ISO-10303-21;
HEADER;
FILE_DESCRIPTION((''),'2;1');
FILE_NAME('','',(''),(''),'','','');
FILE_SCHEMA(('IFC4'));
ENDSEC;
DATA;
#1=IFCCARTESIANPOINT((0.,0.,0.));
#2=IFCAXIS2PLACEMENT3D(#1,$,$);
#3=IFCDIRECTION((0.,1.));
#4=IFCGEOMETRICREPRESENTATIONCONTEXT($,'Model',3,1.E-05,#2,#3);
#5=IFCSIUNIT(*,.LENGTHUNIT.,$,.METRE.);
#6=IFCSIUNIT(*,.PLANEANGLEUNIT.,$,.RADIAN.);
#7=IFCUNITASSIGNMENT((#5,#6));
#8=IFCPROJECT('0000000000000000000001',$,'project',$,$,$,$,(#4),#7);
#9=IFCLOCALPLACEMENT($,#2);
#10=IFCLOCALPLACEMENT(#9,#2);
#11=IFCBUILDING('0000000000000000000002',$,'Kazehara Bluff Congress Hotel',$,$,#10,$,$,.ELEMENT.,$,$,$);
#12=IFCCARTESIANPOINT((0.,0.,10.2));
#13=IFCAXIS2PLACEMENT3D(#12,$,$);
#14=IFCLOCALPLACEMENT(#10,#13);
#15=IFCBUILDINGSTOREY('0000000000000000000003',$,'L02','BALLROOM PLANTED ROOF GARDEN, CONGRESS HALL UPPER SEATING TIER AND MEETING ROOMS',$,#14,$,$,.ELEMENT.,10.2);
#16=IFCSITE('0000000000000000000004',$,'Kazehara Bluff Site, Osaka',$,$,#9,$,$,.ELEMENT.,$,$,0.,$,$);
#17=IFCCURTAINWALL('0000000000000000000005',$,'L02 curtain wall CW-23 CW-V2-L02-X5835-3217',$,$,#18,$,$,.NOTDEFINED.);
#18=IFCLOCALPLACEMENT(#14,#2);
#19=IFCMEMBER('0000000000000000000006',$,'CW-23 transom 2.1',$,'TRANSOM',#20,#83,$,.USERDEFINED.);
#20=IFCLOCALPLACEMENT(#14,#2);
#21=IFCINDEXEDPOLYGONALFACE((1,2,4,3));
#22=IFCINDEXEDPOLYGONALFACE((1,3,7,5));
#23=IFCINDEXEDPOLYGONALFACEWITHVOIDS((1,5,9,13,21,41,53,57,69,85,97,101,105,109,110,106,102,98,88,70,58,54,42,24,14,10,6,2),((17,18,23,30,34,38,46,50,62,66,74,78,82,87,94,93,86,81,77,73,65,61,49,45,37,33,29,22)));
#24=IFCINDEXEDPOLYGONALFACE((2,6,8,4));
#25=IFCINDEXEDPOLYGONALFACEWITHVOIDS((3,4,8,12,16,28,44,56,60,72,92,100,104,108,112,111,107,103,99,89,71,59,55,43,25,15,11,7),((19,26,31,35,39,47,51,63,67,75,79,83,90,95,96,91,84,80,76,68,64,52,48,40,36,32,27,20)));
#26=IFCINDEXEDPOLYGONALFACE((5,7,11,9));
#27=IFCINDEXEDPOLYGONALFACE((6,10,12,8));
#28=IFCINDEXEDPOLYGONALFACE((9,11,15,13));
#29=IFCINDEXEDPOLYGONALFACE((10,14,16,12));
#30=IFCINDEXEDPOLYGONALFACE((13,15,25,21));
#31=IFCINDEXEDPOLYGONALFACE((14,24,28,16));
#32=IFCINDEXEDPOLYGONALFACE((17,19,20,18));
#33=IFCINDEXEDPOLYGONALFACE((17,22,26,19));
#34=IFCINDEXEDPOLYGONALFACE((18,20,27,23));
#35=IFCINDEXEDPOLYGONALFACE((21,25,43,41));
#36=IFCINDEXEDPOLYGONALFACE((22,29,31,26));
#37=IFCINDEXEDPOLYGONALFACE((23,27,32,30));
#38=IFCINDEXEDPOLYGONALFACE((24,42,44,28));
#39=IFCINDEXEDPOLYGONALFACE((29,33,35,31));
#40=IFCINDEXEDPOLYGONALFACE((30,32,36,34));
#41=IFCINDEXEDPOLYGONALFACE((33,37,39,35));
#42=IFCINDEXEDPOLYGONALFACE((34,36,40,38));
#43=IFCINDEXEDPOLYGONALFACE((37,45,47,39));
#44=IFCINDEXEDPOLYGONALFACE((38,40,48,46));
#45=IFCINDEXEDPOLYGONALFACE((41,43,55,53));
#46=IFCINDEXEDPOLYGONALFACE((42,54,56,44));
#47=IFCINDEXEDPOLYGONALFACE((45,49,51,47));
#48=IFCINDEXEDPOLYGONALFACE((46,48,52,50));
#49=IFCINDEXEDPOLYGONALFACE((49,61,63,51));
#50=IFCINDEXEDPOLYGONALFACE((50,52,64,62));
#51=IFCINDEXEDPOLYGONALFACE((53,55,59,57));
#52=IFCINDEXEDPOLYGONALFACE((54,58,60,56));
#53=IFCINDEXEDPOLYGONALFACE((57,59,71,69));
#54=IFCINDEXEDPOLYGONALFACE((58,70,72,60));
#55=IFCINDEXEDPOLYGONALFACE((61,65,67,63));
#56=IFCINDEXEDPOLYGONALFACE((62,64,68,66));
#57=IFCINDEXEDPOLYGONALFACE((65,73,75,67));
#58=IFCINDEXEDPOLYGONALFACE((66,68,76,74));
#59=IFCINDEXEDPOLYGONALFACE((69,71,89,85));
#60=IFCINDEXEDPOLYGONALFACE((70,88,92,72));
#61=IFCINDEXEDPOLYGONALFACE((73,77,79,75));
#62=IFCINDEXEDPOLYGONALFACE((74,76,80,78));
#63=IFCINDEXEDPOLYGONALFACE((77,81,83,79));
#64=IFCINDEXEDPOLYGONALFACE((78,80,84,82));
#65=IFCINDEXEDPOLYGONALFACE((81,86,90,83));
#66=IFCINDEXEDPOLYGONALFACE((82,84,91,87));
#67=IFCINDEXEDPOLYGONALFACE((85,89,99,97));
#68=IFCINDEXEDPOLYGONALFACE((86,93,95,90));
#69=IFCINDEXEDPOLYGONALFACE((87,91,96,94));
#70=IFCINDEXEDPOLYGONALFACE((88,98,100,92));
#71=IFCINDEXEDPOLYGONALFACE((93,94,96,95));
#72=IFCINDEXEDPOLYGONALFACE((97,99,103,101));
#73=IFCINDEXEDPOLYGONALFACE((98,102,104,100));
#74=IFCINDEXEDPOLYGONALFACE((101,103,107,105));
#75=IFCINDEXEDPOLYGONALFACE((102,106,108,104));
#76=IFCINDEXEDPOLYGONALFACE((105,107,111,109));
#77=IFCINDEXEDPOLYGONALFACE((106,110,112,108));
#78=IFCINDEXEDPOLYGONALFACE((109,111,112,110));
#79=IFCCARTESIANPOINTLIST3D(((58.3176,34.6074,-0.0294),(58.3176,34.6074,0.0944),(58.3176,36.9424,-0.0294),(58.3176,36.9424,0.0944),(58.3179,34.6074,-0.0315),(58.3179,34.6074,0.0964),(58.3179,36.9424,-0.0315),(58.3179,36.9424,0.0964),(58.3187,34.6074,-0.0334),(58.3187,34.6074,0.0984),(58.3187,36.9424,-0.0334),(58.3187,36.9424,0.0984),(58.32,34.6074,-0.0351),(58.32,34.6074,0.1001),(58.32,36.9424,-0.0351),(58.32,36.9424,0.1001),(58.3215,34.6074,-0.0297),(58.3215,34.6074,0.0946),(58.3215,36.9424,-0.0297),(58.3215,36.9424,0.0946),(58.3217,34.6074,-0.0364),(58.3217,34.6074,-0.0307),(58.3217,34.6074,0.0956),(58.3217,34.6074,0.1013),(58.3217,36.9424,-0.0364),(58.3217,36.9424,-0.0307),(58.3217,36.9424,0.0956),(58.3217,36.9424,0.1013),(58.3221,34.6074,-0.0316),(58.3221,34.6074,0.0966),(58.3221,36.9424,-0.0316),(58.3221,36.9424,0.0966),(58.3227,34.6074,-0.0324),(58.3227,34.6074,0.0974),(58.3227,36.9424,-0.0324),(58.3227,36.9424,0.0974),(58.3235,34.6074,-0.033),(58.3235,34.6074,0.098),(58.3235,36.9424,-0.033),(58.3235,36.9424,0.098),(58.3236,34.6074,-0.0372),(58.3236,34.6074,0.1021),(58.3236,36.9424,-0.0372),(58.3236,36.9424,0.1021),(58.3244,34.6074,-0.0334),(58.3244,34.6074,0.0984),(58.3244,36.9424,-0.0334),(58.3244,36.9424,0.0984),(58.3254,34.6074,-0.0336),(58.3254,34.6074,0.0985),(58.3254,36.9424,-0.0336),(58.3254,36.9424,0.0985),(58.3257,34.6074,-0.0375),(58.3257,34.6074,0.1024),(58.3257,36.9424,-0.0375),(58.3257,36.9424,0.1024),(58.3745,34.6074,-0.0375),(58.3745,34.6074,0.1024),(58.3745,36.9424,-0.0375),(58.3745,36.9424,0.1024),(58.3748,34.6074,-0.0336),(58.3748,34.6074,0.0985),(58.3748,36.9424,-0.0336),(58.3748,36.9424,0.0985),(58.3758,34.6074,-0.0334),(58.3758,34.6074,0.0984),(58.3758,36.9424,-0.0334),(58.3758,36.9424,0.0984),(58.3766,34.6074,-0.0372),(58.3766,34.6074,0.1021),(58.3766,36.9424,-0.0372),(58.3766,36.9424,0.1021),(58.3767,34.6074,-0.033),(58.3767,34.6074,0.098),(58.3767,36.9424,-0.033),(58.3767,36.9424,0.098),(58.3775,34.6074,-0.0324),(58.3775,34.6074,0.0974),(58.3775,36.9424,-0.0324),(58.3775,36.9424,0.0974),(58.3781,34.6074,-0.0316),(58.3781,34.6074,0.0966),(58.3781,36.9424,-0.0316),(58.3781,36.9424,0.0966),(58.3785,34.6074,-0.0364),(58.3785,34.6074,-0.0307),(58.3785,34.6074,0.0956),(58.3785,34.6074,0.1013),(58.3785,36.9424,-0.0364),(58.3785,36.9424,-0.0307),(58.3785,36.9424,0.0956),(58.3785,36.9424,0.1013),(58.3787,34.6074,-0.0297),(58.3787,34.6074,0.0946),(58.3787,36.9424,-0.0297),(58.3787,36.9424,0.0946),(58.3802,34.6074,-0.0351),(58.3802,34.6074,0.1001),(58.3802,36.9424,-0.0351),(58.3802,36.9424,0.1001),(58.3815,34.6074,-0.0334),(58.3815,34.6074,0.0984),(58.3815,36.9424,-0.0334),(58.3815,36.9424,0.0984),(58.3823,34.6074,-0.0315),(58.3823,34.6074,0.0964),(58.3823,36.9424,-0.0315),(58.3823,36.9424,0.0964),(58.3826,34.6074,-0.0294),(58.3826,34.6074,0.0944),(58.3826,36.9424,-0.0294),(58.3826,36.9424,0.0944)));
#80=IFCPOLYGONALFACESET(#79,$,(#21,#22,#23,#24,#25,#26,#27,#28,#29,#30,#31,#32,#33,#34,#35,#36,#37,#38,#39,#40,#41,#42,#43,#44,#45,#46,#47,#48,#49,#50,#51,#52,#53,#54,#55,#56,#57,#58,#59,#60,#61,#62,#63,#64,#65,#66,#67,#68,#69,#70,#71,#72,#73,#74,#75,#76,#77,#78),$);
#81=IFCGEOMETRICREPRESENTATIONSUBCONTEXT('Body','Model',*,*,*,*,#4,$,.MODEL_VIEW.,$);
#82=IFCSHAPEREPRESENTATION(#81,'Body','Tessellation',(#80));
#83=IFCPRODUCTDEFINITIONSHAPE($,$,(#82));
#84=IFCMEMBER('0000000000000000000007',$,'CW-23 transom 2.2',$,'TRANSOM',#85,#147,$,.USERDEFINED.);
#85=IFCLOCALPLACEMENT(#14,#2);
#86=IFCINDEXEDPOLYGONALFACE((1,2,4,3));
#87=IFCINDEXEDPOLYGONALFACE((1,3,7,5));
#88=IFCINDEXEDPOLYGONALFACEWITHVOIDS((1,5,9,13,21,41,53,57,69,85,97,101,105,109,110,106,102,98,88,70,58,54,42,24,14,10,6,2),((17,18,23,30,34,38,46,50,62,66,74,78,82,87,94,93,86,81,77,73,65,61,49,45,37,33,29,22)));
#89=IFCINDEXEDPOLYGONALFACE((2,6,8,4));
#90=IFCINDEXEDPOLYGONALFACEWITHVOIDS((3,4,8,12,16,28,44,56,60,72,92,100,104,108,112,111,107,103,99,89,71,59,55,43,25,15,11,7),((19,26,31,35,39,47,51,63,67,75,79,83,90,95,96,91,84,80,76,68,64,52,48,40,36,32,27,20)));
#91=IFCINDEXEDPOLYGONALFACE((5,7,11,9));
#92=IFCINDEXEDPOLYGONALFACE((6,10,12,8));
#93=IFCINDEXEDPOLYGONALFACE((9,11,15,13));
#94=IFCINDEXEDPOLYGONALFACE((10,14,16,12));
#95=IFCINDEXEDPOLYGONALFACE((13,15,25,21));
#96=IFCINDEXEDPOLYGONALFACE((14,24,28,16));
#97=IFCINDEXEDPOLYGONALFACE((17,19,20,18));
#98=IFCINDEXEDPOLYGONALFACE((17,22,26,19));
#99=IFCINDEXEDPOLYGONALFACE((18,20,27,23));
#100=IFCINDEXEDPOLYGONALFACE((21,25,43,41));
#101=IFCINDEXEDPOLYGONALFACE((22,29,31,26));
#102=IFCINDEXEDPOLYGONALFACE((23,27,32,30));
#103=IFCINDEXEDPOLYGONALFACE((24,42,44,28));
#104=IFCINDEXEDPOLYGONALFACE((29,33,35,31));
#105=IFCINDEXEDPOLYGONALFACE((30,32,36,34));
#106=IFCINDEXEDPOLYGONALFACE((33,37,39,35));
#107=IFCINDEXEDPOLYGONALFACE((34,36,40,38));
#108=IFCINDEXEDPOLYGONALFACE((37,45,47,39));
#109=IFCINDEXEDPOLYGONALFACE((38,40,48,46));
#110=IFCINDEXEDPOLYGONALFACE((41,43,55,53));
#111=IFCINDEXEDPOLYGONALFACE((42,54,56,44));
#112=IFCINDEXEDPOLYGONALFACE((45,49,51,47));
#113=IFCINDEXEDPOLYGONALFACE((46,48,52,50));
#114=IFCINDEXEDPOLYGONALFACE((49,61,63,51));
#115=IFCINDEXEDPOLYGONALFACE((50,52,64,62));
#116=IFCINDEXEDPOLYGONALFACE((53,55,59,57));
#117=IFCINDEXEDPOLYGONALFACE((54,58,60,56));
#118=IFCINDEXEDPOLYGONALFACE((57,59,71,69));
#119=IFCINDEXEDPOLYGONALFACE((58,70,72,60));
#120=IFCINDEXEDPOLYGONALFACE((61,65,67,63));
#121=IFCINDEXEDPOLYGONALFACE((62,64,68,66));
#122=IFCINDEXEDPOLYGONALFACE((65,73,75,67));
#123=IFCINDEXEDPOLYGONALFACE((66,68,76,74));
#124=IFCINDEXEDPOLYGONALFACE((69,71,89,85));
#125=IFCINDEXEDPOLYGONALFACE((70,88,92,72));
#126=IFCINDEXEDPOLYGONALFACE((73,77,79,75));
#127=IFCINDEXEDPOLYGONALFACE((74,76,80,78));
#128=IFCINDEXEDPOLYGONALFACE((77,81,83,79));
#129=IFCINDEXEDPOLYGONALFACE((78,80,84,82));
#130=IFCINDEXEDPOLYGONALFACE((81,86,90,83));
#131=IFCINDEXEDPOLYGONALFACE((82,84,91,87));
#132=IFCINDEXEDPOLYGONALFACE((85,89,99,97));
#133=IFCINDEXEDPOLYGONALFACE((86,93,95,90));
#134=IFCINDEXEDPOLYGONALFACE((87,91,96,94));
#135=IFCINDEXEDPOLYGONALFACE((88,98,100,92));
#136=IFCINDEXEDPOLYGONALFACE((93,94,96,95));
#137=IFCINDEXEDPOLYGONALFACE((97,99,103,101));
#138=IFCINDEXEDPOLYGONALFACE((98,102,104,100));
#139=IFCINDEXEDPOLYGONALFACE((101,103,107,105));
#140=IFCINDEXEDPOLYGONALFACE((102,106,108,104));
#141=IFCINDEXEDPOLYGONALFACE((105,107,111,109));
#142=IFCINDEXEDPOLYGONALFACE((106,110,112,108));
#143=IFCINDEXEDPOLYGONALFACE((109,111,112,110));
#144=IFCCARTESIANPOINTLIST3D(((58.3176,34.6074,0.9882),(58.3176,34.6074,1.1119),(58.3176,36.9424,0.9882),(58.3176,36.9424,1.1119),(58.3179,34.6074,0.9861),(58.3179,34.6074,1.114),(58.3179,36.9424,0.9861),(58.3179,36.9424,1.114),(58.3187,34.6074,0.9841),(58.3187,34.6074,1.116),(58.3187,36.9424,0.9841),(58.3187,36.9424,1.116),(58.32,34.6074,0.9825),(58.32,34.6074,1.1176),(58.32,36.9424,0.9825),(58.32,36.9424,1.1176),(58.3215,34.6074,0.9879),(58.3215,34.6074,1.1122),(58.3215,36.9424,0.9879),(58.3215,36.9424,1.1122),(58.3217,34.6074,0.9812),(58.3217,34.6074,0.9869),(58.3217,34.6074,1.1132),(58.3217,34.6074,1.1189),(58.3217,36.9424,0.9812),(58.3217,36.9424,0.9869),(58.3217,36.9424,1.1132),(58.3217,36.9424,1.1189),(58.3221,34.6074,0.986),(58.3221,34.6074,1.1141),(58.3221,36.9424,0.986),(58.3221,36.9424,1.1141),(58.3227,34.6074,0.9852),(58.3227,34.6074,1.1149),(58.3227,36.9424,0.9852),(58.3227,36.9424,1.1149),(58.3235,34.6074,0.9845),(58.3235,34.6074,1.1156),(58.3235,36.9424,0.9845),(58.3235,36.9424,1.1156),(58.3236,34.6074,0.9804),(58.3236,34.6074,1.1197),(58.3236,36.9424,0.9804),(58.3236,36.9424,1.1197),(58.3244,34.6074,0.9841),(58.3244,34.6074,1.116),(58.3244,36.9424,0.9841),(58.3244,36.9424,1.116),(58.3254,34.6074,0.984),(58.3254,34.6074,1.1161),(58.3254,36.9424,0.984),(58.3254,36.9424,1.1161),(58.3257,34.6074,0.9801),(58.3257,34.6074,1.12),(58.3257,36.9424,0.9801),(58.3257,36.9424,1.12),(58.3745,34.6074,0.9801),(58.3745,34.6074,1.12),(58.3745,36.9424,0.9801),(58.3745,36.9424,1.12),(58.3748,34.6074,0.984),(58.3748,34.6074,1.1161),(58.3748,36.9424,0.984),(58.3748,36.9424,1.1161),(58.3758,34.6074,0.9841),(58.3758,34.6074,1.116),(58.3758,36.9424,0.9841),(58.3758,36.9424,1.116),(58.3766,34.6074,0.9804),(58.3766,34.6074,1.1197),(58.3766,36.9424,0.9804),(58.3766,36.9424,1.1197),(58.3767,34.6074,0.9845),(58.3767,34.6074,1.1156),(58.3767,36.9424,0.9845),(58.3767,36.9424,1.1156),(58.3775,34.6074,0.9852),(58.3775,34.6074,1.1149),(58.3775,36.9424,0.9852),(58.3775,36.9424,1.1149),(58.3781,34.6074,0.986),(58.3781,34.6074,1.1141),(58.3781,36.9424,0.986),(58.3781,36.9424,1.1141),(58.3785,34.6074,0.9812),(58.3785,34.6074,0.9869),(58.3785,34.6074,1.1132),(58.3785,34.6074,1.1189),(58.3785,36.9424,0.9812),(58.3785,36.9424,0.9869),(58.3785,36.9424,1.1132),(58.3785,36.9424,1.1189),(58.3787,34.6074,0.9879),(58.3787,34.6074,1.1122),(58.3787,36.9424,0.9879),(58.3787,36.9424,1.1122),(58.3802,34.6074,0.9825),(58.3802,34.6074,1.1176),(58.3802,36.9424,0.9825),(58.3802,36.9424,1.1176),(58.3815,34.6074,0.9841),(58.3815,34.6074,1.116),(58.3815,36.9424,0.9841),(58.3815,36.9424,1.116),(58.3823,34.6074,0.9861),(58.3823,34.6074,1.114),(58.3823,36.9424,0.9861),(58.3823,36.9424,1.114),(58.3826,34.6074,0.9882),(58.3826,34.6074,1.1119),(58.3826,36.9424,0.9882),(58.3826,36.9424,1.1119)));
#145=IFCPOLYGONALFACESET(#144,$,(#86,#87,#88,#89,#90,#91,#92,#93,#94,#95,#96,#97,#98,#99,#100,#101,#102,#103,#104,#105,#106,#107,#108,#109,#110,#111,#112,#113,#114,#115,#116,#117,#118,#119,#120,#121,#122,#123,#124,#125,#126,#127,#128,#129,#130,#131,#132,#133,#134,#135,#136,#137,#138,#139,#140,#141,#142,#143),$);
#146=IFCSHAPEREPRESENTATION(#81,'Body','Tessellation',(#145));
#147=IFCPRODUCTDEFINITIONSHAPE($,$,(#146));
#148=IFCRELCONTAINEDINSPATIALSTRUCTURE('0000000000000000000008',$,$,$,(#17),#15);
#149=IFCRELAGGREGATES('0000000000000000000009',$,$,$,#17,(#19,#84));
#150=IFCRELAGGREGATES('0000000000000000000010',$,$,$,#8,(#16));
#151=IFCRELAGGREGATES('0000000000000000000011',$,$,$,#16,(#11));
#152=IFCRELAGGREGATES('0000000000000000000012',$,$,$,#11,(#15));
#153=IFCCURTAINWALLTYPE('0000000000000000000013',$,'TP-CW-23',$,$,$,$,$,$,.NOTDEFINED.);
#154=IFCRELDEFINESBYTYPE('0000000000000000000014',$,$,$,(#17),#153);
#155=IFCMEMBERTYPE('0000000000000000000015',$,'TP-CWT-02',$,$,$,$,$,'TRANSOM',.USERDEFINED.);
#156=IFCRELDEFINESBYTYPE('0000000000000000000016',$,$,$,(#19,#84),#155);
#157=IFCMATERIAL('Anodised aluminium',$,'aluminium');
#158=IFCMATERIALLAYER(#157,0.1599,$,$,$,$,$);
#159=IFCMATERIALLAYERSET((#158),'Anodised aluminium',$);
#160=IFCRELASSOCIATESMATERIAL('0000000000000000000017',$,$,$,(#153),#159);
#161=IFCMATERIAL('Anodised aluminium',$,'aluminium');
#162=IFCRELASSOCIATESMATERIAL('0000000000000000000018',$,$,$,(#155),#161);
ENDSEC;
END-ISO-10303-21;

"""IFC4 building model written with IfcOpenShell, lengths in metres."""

from ifc_helpers import new_model, si_unit, direction, frame, origin, origin_2d, place, context, subcontext, project, spatial, hollow_rectangle, extrude, material, layer, layer_set, material_profile, profile_set, type_object, element, aggregate, save


model = new_model("IFC4")

# Units and contexts
model_context = context("Model", 3, precision=1e-05, world=origin(), true_north=direction((0.0, 1.0)))
body_context = subcontext(model_context, "Body", "Model", "MODEL_VIEW")
ifc_project = project(units=[si_unit("LENGTHUNIT", "METRE"), si_unit("PLANEANGLEUNIT", "RADIAN")], contexts=[model_context])

# Site, building, storey
site_placement = place(None, origin())
site = spatial("IfcSite", under=ifc_project, at=site_placement, Name="Kazehara Bluff Site, Osaka", CompositionType="ELEMENT", RefElevation=0.0)
building_placement = place(site_placement, origin())
building = spatial("IfcBuilding", under=site, at=building_placement, Name="Kazehara Bluff Congress Hotel", CompositionType="ELEMENT")
storey_placement = place(building_placement, frame((0.0, 0.0, 10.2)))
storey = spatial("IfcBuildingStorey", under=building, at=storey_placement, Name="L02", Description="BALLROOM PLANTED ROOF GARDEN, CONGRESS HALL UPPER SEATING TIER AND MEETING ROOMS", CompositionType="ELEMENT", Elevation=10.2)

# Curtain wall
ifc_material_1 = material(Name="Anodised aluminium", Category="aluminium")
ifc_layer_1 = layer(ifc_material_1, 0.1599)
ifc_layer_set_1 = layer_set([ifc_layer_1], Name="Anodised aluminium")
curtain_wall_type_1 = type_object("IfcCurtainWallType", Name="TP-CW-23", PredefinedType="NOTDEFINED", material=ifc_layer_set_1)
curtain_wall_1_placement = place(storey_placement, origin())
curtain_wall_1 = element("IfcCurtainWall", 1, at=curtain_wall_1_placement, inside=storey, type_object=curtain_wall_type_1, Name="L02 curtain wall CW-23 CW-V2-L02-X5835-3217", PredefinedType="NOTDEFINED")

# Members
ifc_material_2 = material(Name="Anodised aluminium", Category="aluminium")
ifc_material_profile_1 = material_profile(ifc_material_2, hollow_rectangle(XDim=0.0649, YDim=0.1399, WallThickness=0.0039, InnerFilletRadius=0.0039, OuterFilletRadius=0.0081, at=origin_2d()))
ifc_profile_set_1 = profile_set([ifc_material_profile_1], Name="Anodised aluminium")
member_type_1 = type_object("IfcMemberType", Name="TP-CWT-02", ElementType="TRANSOM", PredefinedType="USERDEFINED", material=ifc_profile_set_1)
member_1_placement = place(storey_placement, frame((58.3501, 34.6074, 0.0325), z_axis=(0.0, 1.0, 0.0), x_axis=(-1.0, 0.0, 0.0)))
member_1 = element("IfcMember", 2, at=member_1_placement, type_object=member_type_1, Name="CW-23 transom 2.1", ObjectType="TRANSOM", PredefinedType="USERDEFINED", context=body_context, shape_type="SweptSolid", body=[
    extrude(hollow_rectangle(XDim=0.0649, YDim=0.1399, WallThickness=0.0039, InnerFilletRadius=0.0039, OuterFilletRadius=0.0081, at=origin_2d()), origin(), (0.0, 0.0, 1.0), 2.335),
])
member_2_placement = place(storey_placement, frame((58.3501, 34.6074, 1.05), z_axis=(0.0, 1.0, 0.0), x_axis=(-1.0, 0.0, 0.0)))
member_2 = element("IfcMember", 3, at=member_2_placement, type_object=member_type_1, Name="CW-23 transom 2.2", ObjectType="TRANSOM", PredefinedType="USERDEFINED", context=body_context, shape_type="SweptSolid", body=[
    extrude(hollow_rectangle(XDim=0.0649, YDim=0.1399, WallThickness=0.0039, InnerFilletRadius=0.0039, OuterFilletRadius=0.0081, at=origin_2d()), origin(), (0.0, 0.0, 1.0), 2.335),
])

aggregate(curtain_wall_1, [member_1, member_2])

save(model, "model.ifc")
